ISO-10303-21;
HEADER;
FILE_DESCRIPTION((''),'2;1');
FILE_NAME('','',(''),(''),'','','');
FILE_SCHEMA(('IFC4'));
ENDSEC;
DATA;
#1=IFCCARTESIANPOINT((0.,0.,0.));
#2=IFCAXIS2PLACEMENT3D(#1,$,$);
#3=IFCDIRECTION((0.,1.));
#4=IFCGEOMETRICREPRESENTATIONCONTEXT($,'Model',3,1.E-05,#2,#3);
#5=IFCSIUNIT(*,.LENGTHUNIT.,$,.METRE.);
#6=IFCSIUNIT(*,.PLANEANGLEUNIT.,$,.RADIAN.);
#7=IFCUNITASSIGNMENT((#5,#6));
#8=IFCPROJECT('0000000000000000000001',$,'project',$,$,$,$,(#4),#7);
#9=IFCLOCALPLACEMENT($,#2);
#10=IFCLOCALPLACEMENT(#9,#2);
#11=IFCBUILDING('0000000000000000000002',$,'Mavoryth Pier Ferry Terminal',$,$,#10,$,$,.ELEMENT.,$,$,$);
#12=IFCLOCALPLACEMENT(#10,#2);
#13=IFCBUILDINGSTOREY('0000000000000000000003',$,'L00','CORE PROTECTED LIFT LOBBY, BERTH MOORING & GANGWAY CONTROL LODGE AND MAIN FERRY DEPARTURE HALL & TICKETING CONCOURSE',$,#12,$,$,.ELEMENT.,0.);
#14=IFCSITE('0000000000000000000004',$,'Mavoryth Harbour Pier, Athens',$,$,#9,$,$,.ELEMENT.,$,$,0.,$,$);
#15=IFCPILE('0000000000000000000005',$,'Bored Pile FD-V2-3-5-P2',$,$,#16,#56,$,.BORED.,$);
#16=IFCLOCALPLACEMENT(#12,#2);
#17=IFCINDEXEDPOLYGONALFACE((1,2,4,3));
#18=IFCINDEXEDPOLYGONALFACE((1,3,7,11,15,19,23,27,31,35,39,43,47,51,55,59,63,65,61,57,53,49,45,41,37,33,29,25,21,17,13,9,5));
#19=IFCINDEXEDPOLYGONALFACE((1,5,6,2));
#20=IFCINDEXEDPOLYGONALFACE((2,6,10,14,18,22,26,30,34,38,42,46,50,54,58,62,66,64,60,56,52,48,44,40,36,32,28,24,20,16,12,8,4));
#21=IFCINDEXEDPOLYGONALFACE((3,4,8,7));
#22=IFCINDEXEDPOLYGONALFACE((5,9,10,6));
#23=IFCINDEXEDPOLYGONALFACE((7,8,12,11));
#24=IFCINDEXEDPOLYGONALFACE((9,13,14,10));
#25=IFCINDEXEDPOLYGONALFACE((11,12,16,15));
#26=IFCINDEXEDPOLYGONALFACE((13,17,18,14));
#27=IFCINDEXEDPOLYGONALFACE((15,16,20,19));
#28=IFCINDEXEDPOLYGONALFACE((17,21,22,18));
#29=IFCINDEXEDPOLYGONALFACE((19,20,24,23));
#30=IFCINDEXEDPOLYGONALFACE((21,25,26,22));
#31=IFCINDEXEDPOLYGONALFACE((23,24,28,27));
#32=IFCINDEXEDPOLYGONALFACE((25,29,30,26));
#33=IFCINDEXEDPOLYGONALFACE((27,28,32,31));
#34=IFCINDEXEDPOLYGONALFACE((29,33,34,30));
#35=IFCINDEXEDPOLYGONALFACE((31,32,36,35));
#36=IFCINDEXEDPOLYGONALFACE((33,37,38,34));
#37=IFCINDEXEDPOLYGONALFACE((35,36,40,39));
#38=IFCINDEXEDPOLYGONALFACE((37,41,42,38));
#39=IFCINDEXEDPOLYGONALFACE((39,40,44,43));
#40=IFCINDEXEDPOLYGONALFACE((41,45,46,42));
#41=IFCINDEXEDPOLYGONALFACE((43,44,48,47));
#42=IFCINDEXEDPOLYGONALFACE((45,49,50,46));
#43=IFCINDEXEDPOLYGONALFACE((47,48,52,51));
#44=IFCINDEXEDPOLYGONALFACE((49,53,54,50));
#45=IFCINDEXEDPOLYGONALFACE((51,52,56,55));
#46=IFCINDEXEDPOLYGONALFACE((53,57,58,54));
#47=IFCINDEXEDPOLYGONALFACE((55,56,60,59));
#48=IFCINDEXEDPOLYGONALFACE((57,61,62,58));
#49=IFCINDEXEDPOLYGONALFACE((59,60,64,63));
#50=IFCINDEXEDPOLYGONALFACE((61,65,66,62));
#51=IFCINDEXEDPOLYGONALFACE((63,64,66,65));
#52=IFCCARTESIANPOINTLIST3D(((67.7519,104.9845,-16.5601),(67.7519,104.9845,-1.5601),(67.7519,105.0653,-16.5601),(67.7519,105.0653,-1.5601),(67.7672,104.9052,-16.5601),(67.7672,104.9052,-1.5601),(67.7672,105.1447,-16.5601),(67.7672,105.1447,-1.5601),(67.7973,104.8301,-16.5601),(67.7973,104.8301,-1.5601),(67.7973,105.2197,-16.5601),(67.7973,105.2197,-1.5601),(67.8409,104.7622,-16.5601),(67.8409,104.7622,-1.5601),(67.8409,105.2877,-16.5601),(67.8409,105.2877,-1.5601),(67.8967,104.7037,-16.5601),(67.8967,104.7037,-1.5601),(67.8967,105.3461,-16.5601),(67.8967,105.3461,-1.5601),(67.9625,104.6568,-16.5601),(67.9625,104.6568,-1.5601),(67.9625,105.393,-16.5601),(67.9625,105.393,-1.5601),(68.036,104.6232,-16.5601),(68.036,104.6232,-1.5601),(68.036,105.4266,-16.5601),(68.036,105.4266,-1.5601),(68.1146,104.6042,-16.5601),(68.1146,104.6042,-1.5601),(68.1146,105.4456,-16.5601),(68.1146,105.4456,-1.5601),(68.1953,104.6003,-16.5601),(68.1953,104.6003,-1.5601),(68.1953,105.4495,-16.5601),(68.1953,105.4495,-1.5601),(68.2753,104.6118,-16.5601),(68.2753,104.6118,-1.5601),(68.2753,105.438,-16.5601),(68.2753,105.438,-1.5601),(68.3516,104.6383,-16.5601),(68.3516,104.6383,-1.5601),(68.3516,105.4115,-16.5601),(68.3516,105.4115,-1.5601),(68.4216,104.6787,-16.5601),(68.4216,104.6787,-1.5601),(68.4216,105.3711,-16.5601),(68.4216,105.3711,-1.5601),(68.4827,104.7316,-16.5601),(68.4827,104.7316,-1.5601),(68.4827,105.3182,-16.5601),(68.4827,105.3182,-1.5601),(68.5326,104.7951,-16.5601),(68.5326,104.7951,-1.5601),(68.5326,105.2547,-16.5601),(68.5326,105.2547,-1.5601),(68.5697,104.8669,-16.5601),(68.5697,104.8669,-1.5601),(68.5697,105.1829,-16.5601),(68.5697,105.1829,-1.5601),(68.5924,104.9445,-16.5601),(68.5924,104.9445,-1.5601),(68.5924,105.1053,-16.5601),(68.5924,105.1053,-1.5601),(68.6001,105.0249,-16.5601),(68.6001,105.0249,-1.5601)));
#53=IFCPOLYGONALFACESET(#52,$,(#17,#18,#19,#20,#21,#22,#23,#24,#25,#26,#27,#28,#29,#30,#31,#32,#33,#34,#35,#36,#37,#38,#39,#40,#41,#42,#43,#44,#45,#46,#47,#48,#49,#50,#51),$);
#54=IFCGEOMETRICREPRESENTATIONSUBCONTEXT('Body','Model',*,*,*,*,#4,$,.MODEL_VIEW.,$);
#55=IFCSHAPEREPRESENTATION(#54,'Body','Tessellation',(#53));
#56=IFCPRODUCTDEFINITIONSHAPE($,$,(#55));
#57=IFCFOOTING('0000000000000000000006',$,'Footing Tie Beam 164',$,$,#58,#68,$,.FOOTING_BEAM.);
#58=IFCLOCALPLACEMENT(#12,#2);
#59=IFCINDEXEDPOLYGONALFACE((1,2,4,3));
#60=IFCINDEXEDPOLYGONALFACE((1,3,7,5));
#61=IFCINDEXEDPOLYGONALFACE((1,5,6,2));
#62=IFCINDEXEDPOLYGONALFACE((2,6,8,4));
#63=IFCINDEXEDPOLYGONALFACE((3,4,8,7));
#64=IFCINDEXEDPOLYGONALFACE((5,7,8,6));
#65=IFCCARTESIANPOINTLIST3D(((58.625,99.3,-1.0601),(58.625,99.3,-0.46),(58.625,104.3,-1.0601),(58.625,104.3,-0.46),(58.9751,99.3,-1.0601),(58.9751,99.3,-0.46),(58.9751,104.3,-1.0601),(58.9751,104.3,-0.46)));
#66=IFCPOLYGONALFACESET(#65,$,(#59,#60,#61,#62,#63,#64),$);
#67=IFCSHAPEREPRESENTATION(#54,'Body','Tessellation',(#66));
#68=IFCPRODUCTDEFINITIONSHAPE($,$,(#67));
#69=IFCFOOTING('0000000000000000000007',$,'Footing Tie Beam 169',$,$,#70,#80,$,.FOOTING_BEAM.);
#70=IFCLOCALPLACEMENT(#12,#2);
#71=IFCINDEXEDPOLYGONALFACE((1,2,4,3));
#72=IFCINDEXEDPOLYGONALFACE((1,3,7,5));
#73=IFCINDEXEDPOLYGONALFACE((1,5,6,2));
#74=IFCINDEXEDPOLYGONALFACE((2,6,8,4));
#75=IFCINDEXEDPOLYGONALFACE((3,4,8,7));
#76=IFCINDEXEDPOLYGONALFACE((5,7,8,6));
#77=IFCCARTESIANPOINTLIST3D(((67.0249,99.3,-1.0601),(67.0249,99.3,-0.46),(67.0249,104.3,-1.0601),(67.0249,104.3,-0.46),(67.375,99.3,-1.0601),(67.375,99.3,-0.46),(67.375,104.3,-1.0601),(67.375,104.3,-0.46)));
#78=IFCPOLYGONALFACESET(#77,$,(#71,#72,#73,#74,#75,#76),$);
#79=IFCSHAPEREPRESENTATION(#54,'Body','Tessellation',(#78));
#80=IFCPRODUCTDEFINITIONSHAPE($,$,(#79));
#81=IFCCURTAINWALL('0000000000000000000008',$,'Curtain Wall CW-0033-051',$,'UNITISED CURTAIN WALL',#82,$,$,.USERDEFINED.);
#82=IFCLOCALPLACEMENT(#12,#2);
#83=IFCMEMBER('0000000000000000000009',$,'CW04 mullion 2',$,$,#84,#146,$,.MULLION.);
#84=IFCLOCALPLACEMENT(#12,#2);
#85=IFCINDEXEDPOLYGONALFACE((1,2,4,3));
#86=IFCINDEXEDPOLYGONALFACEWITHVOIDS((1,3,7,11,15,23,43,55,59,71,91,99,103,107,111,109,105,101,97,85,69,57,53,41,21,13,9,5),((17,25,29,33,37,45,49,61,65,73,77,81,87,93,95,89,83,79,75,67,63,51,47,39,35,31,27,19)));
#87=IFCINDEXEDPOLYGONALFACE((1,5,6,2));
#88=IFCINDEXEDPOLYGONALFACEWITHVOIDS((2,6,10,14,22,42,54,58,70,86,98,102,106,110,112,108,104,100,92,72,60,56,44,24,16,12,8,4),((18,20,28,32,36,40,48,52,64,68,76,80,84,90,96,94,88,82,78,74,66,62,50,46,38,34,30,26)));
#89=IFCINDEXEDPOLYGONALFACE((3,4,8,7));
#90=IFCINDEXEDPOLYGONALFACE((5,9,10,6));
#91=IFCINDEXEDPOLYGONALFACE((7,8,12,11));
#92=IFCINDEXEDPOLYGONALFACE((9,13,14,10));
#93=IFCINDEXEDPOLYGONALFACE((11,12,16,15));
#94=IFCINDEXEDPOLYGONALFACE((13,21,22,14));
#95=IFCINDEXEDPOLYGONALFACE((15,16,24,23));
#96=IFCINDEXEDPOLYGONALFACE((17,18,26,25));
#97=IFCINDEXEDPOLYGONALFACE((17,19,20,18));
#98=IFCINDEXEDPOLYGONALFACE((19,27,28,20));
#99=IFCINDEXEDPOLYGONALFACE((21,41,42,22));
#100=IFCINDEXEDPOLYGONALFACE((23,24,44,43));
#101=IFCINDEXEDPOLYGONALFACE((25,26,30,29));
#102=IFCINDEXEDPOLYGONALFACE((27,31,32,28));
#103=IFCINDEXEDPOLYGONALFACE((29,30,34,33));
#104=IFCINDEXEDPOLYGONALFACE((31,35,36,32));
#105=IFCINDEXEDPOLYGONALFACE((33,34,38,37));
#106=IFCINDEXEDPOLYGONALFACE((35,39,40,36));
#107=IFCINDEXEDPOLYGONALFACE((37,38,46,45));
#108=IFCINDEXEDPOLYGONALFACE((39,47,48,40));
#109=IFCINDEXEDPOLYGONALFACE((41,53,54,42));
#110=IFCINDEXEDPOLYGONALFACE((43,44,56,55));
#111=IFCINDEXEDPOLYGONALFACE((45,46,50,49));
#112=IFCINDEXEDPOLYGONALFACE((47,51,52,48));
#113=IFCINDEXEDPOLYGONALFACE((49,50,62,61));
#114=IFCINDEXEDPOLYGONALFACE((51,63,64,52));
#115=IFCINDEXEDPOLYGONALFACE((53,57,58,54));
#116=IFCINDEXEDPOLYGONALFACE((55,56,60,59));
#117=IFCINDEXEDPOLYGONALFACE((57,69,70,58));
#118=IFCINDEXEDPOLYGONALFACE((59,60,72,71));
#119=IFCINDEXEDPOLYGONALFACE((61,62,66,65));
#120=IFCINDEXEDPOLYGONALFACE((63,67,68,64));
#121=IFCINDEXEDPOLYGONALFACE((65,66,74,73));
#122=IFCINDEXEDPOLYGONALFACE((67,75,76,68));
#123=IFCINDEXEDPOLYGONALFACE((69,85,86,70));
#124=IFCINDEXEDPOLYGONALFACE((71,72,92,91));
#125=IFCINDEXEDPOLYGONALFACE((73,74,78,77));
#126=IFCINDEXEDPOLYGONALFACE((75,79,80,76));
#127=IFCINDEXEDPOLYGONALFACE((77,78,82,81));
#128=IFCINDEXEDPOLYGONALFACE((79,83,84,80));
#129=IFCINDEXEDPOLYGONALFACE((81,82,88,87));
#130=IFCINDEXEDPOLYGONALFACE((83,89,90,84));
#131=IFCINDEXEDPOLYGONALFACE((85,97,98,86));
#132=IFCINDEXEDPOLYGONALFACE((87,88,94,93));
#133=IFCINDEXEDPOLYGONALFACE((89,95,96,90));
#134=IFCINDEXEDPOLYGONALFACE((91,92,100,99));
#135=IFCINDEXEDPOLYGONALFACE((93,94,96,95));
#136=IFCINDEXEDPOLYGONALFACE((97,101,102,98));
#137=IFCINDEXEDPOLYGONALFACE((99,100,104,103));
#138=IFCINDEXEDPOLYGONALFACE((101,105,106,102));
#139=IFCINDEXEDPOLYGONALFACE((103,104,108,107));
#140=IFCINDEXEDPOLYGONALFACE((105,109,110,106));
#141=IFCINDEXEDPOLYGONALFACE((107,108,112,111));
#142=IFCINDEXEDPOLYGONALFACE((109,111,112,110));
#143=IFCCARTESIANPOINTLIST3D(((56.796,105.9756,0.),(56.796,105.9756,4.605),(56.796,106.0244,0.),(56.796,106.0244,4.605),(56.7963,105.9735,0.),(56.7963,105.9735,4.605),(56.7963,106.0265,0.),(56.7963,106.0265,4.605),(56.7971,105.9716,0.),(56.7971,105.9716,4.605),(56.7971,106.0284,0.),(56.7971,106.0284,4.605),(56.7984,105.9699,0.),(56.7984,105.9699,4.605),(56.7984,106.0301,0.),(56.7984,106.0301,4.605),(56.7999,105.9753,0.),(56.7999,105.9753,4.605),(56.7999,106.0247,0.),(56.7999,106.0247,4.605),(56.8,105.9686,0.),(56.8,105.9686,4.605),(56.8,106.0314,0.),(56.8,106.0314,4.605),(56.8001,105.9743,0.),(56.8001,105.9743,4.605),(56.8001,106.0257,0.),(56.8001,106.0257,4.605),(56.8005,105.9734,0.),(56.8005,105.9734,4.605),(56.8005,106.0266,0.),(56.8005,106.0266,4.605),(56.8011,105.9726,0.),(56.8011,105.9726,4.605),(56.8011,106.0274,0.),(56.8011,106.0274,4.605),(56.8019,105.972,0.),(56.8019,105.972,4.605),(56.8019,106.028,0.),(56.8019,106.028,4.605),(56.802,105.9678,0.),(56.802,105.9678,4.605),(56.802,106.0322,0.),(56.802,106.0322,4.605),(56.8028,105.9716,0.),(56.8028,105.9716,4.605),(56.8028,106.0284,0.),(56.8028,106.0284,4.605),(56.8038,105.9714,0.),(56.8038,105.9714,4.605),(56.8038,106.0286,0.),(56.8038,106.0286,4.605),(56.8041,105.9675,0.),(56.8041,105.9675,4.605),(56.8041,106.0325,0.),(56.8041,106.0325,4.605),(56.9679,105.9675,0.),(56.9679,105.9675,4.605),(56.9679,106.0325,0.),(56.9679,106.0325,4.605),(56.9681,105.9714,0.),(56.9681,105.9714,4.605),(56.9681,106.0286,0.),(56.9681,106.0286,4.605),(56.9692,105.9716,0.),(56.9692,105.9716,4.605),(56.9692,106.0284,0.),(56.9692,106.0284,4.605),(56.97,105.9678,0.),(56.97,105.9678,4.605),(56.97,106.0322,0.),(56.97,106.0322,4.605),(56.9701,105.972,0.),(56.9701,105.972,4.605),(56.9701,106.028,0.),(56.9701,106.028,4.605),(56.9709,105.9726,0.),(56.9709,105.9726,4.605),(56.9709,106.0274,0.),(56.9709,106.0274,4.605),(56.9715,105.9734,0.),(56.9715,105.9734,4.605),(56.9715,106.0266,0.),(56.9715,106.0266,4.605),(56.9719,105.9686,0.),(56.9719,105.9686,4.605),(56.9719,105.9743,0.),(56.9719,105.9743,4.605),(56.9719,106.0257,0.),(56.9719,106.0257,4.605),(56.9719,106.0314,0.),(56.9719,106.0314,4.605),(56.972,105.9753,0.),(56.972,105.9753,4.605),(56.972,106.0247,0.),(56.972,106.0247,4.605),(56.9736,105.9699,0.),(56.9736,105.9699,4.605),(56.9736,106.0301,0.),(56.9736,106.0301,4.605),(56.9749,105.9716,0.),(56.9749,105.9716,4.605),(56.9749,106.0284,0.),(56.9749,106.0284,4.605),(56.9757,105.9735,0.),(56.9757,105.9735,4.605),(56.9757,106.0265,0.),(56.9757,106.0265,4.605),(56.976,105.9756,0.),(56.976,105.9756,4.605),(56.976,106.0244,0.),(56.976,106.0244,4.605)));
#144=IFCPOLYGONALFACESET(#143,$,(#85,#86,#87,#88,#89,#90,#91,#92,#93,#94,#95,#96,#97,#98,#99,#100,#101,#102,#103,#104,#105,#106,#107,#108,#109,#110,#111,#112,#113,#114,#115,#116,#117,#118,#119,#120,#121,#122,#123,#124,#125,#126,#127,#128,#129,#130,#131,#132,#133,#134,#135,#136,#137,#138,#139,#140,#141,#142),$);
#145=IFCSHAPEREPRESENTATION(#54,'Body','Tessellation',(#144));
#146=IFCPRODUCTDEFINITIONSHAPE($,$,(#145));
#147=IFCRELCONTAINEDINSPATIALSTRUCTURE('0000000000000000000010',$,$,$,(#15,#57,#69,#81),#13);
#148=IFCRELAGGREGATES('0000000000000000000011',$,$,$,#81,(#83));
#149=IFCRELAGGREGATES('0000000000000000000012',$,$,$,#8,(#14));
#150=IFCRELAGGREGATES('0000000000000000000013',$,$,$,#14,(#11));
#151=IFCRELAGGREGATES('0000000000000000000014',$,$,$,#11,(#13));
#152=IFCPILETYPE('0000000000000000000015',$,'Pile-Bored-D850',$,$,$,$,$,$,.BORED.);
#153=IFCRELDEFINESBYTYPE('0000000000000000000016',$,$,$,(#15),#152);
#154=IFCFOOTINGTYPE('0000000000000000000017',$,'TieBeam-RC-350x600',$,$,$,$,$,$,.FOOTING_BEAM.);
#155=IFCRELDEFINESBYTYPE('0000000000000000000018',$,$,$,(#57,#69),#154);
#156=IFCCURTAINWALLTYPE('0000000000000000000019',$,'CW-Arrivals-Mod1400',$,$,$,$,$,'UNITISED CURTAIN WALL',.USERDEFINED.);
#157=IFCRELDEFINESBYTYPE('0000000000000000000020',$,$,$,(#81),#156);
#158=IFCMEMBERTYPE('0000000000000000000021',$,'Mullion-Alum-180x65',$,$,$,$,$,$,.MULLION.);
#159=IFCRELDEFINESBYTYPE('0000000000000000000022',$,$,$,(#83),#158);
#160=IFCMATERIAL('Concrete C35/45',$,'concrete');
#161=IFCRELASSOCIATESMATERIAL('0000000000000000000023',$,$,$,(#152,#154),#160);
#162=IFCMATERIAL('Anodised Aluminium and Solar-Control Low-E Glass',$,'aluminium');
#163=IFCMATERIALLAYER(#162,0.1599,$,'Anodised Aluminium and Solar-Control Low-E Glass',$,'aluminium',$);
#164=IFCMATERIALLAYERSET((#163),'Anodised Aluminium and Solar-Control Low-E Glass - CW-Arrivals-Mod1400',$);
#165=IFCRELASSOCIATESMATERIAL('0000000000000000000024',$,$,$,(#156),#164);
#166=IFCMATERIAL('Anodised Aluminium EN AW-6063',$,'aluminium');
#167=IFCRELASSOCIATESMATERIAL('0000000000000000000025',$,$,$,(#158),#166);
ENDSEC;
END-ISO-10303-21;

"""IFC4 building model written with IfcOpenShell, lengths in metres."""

from ifc_helpers import new_model, si_unit, direction, frame, origin, origin_2d, place, context, subcontext, project, spatial, rectangle, hollow_rectangle, circle, extrude, material, layer, layer_set, material_profile, profile_set, type_object, element, aggregate, save


model = new_model("IFC4")

# Units and contexts
model_context = context("Model", 3, precision=1e-05, world=origin(), true_north=direction((0.0, 1.0)))
body_context = subcontext(model_context, "Body", "Model", "MODEL_VIEW")
ifc_project = project(units=[si_unit("LENGTHUNIT", "METRE"), si_unit("PLANEANGLEUNIT", "RADIAN")], contexts=[model_context])

# Site, building, storey
site_placement = place(None, origin())
site = spatial("IfcSite", under=ifc_project, at=site_placement, Name="Mavoryth Harbour Pier, Athens", CompositionType="ELEMENT", RefElevation=0.0)
building_placement = place(site_placement, origin())
building = spatial("IfcBuilding", under=site, at=building_placement, Name="Mavoryth Pier Ferry Terminal", CompositionType="ELEMENT")
storey_placement = place(building_placement, origin())
storey = spatial("IfcBuildingStorey", under=building, at=storey_placement, Name="L00", Description="CORE PROTECTED LIFT LOBBY, BERTH MOORING & GANGWAY CONTROL LODGE AND MAIN FERRY DEPARTURE HALL & TICKETING CONCOURSE", CompositionType="ELEMENT", Elevation=0.0)

# Pile
ifc_material_1 = material(Name="Concrete C35/45", Category="concrete")
ifc_material_profile_1 = material_profile(ifc_material_1, circle(Radius=0.425, at=origin_2d()), Name="PILE D850", Category="concrete")
ifc_profile_set_1 = profile_set([ifc_material_profile_1], Name="Concrete C35/45 - PILE D850")
pile_type = type_object("IfcPileType", Name="Pile-Bored-D850", PredefinedType="BORED", material=ifc_profile_set_1)
for number, where, z_axis, x_axis, name in (
    (1, (68.175, 105.0249, -1.5601), (0.0, 0.0, -1.0), (1.0, 0.0, 0.0), "Bored Pile FD-V2-3-5-P2"),
):
    element("IfcPile", number, at=place(storey_placement, frame(where, z_axis=z_axis, x_axis=x_axis)), inside=storey, type_object=pile_type, Name=name, PredefinedType="BORED", context=body_context, shape_type="SweptSolid", body=[
        extrude(circle(Radius=0.425, at=origin_2d()), origin(), (0.0, 0.0, 1.0), 15.0),
    ])

# Footings
ifc_material_profile_2 = material_profile(ifc_material_1, rectangle(XDim=0.3501, YDim=0.6001, at=origin_2d()), Name="RC 350x600", Category="concrete")
ifc_profile_set_2 = profile_set([ifc_material_profile_2], Name="Concrete C35/45 - RC 350x600")
footing_type = type_object("IfcFootingType", Name="TieBeam-RC-350x600", PredefinedType="FOOTING_BEAM", material=ifc_profile_set_2)
for number, where, z_axis, x_axis, name in (
    (2, (58.8, 99.3, -0.76), (0.0, 1.0, 0.0), (-1.0, 0.0, 0.0), "Footing Tie Beam 164"),
    (3, (67.2, 99.3, -0.76), (0.0, 1.0, 0.0), (-1.0, 0.0, 0.0), "Footing Tie Beam 169"),
):
    element("IfcFooting", number, at=place(storey_placement, frame(where, z_axis=z_axis, x_axis=x_axis)), inside=storey, type_object=footing_type, Name=name, PredefinedType="FOOTING_BEAM", context=body_context, shape_type="SweptSolid", body=[
        extrude(rectangle(XDim=0.3501, YDim=0.6001, at=origin_2d()), origin(), (0.0, 0.0, 1.0), 5.0),
    ])

# Curtain wall, member
ifc_material_2 = material(Name="Anodised Aluminium and Solar-Control Low-E Glass", Category="aluminium")
ifc_layer_1 = layer(ifc_material_2, 0.1599, Name="Anodised Aluminium and Solar-Control Low-E Glass", Category="aluminium")
ifc_layer_set_1 = layer_set([ifc_layer_1], Name="Anodised Aluminium and Solar-Control Low-E Glass - CW-Arrivals-Mod1400")
curtain_wall_type = type_object("IfcCurtainWallType", Name="CW-Arrivals-Mod1400", ElementType="UNITISED CURTAIN WALL", PredefinedType="USERDEFINED", material=ifc_layer_set_1)
curtain_wall_placement = place(storey_placement, origin())
curtain_wall = element("IfcCurtainWall", 4, at=curtain_wall_placement, inside=storey, type_object=curtain_wall_type, Name="Curtain Wall CW-0033-051", ObjectType="UNITISED CURTAIN WALL", PredefinedType="USERDEFINED")
ifc_material_3 = material(Name="Anodised Aluminium EN AW-6063", Category="aluminium")
ifc_material_profile_3 = material_profile(ifc_material_3, hollow_rectangle(XDim=0.0649, YDim=0.1799, WallThickness=0.0039, InnerFilletRadius=0.0039, OuterFilletRadius=0.0081, at=origin_2d()), Name="AL-MULL 180x65x4", Category="aluminium")
ifc_profile_set_3 = profile_set([ifc_material_profile_3], Name="Anodised Aluminium EN AW-6063 - AL-MULL 180x65x4")
member_type_1 = type_object("IfcMemberType", Name="Mullion-Alum-180x65", PredefinedType="MULLION", material=ifc_profile_set_3)
member_1_placement = place(storey_placement, frame((56.886, 106.0, 0.0), z_axis=(0.0, 0.0, 1.0), x_axis=(0.0, -1.0, 0.0)))
member_1 = element("IfcMember", 5, at=member_1_placement, type_object=member_type_1, Name="CW04 mullion 2", PredefinedType="MULLION", context=body_context, shape_type="SweptSolid", body=[
    extrude(hollow_rectangle(XDim=0.0649, YDim=0.1799, WallThickness=0.0039, InnerFilletRadius=0.0039, OuterFilletRadius=0.0081, at=origin_2d()), origin(), (0.0, 0.0, 1.0), 4.605),
])
aggregate(curtain_wall, [member_1])

save(model, "model.ifc")
